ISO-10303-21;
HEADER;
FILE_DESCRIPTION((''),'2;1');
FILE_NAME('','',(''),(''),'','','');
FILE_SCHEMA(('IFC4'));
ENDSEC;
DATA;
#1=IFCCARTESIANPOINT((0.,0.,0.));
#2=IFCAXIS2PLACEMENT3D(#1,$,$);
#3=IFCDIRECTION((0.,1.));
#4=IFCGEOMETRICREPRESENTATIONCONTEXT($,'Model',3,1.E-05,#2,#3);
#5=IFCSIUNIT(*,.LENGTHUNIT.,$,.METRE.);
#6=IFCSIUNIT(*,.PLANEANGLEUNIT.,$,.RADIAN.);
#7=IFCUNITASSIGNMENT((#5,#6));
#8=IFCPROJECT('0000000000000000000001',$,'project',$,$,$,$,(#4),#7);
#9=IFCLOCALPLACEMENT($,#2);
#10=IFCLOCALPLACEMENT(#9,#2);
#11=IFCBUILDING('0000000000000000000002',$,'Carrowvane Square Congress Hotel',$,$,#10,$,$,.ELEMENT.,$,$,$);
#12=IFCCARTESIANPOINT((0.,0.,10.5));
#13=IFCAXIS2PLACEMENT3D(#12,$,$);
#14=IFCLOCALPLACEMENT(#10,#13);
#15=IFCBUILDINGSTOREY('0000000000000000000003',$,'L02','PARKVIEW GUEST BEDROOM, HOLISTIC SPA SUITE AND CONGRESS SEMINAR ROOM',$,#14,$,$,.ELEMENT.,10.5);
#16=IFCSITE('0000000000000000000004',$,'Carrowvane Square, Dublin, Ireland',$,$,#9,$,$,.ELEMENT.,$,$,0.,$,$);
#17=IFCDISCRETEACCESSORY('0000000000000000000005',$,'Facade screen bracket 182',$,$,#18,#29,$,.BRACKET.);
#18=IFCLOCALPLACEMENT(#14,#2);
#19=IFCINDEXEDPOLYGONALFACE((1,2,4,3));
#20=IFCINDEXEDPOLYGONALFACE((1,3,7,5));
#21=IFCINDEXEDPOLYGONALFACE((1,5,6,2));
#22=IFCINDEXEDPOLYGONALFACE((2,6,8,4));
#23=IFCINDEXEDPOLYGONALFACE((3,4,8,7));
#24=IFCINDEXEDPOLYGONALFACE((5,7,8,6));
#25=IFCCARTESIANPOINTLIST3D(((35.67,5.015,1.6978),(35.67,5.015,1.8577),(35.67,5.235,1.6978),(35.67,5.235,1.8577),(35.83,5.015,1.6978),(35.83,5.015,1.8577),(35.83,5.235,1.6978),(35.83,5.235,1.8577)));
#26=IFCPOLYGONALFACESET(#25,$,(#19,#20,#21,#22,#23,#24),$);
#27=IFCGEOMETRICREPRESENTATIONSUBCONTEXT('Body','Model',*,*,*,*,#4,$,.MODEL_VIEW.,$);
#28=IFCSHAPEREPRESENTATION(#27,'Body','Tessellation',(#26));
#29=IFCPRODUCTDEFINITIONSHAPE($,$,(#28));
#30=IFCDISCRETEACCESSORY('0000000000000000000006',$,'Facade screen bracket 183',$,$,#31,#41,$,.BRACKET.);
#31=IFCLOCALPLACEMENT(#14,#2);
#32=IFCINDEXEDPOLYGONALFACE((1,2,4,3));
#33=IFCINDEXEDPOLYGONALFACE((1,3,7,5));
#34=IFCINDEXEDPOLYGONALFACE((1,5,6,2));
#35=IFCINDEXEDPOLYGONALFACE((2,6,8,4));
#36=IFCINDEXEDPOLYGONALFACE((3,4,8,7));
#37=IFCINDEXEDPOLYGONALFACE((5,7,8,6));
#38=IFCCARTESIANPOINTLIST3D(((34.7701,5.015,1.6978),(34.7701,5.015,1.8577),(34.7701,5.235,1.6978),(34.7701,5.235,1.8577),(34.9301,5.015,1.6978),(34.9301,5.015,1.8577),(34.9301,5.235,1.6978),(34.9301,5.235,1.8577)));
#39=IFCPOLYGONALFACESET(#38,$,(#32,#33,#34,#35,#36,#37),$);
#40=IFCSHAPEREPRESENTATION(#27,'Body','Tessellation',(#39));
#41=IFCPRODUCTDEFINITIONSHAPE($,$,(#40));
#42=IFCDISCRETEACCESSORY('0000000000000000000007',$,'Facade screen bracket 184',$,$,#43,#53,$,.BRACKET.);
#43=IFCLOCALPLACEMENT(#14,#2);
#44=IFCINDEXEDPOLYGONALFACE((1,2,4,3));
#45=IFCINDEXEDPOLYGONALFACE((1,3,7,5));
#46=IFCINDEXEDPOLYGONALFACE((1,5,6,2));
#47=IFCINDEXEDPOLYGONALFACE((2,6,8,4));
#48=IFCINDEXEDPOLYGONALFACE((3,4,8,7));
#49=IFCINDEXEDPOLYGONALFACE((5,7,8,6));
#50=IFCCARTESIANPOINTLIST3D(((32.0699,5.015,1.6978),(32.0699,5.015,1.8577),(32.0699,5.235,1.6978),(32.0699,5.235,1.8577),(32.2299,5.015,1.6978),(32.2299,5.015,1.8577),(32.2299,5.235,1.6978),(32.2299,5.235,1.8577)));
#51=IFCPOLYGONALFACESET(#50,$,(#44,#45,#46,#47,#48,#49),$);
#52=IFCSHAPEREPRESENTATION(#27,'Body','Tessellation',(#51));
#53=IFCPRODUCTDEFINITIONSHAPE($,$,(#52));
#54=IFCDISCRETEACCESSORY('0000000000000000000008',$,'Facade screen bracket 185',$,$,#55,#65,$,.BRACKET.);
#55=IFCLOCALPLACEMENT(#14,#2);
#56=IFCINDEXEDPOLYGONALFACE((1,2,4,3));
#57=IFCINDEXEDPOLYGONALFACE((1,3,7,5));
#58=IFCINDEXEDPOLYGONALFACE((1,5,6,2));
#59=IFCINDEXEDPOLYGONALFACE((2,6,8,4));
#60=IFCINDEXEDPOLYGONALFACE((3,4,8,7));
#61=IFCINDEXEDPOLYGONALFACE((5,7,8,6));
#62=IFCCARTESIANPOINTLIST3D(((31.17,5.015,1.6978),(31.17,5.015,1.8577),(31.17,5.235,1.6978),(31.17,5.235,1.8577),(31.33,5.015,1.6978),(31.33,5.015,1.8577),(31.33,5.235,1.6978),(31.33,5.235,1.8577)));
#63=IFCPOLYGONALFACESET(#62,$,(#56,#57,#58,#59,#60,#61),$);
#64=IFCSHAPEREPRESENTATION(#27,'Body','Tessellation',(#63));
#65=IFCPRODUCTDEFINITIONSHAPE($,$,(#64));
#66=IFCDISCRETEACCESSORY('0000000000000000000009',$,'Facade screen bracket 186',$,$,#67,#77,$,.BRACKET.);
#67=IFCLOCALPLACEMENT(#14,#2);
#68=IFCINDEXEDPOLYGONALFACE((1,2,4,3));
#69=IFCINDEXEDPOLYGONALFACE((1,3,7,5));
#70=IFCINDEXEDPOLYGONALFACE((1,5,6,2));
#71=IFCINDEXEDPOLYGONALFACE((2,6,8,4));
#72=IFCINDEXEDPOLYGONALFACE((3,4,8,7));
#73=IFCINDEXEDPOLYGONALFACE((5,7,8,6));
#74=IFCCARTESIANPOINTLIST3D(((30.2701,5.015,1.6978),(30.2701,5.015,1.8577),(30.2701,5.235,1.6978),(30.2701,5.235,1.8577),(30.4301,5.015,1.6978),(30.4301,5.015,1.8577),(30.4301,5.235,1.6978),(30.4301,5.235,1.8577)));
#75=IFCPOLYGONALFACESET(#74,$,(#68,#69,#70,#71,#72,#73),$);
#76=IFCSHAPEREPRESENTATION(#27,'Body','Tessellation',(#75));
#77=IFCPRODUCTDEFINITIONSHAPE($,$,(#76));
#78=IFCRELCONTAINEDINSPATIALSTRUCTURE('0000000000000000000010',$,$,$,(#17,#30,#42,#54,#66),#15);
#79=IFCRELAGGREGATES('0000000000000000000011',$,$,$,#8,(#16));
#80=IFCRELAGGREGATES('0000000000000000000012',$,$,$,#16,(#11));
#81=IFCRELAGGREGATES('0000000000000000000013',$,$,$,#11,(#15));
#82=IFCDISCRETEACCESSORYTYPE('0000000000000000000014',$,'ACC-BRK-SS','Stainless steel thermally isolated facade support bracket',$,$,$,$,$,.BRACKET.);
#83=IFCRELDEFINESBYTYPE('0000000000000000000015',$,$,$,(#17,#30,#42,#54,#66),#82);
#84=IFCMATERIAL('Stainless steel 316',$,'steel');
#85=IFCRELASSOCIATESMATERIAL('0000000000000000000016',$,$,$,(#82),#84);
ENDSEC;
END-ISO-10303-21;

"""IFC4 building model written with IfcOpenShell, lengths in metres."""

from ifc_helpers import new_model, si_unit, direction, frame, origin, origin_2d, place, context, subcontext, project, spatial, rectangle, extrude, material, type_object, element, save


model = new_model("IFC4")

# Units and contexts
model_context = context("Model", 3, precision=1e-05, world=origin(), true_north=direction((0.0, 1.0)))
body_context = subcontext(model_context, "Body", "Model", "MODEL_VIEW")
ifc_project = project(units=[si_unit("LENGTHUNIT", "METRE"), si_unit("PLANEANGLEUNIT", "RADIAN")], contexts=[model_context])

# Site, building, storey
site_placement = place(None, origin())
site = spatial("IfcSite", under=ifc_project, at=site_placement, Name="Carrowvane Square, Dublin, Ireland", CompositionType="ELEMENT", RefElevation=0.0)
building_placement = place(site_placement, origin())
building = spatial("IfcBuilding", under=site, at=building_placement, Name="Carrowvane Square Congress Hotel", CompositionType="ELEMENT")
storey_placement = place(building_placement, frame((0.0, 0.0, 10.5)))
storey = spatial("IfcBuildingStorey", under=building, at=storey_placement, Name="L02", Description="PARKVIEW GUEST BEDROOM, HOLISTIC SPA SUITE AND CONGRESS SEMINAR ROOM", CompositionType="ELEMENT", Elevation=10.5)

# Discrete accessories
ifc_material_1 = material(Name="Stainless steel 316", Category="steel")
discrete_accessory_type = type_object("IfcDiscreteAccessoryType", Name="ACC-BRK-SS", Description="Stainless steel thermally isolated facade support bracket", PredefinedType="BRACKET", material=ifc_material_1)
for number, where, z_axis, x_axis, name in (
    (1, (35.75, 5.125, 1.6978), (0.0, 0.0, 1.0), (-1.0, 0.0, 0.0), "Facade screen bracket 182"),
    (2, (34.8501, 5.125, 1.6978), (0.0, 0.0, 1.0), (-1.0, 0.0, 0.0), "Facade screen bracket 183"),
    (3, (32.1499, 5.125, 1.6978), (0.0, 0.0, 1.0), (-1.0, 0.0, 0.0), "Facade screen bracket 184"),
    (4, (31.25, 5.125, 1.6978), (0.0, 0.0, 1.0), (-1.0, 0.0, 0.0), "Facade screen bracket 185"),
    (5, (30.3501, 5.125, 1.6978), (0.0, 0.0, 1.0), (-1.0, 0.0, 0.0), "Facade screen bracket 186"),
):
    element("IfcDiscreteAccessory", number, at=place(storey_placement, frame(where, z_axis=z_axis, x_axis=x_axis)), inside=storey, type_object=discrete_accessory_type, Name=name, PredefinedType="BRACKET", context=body_context, shape_type="SweptSolid", body=[
        extrude(rectangle(XDim=0.1599, YDim=0.22, at=origin_2d()), origin(), (0.0, 0.0, 1.0), 0.1599),
    ])

save(model, "model.ifc")
